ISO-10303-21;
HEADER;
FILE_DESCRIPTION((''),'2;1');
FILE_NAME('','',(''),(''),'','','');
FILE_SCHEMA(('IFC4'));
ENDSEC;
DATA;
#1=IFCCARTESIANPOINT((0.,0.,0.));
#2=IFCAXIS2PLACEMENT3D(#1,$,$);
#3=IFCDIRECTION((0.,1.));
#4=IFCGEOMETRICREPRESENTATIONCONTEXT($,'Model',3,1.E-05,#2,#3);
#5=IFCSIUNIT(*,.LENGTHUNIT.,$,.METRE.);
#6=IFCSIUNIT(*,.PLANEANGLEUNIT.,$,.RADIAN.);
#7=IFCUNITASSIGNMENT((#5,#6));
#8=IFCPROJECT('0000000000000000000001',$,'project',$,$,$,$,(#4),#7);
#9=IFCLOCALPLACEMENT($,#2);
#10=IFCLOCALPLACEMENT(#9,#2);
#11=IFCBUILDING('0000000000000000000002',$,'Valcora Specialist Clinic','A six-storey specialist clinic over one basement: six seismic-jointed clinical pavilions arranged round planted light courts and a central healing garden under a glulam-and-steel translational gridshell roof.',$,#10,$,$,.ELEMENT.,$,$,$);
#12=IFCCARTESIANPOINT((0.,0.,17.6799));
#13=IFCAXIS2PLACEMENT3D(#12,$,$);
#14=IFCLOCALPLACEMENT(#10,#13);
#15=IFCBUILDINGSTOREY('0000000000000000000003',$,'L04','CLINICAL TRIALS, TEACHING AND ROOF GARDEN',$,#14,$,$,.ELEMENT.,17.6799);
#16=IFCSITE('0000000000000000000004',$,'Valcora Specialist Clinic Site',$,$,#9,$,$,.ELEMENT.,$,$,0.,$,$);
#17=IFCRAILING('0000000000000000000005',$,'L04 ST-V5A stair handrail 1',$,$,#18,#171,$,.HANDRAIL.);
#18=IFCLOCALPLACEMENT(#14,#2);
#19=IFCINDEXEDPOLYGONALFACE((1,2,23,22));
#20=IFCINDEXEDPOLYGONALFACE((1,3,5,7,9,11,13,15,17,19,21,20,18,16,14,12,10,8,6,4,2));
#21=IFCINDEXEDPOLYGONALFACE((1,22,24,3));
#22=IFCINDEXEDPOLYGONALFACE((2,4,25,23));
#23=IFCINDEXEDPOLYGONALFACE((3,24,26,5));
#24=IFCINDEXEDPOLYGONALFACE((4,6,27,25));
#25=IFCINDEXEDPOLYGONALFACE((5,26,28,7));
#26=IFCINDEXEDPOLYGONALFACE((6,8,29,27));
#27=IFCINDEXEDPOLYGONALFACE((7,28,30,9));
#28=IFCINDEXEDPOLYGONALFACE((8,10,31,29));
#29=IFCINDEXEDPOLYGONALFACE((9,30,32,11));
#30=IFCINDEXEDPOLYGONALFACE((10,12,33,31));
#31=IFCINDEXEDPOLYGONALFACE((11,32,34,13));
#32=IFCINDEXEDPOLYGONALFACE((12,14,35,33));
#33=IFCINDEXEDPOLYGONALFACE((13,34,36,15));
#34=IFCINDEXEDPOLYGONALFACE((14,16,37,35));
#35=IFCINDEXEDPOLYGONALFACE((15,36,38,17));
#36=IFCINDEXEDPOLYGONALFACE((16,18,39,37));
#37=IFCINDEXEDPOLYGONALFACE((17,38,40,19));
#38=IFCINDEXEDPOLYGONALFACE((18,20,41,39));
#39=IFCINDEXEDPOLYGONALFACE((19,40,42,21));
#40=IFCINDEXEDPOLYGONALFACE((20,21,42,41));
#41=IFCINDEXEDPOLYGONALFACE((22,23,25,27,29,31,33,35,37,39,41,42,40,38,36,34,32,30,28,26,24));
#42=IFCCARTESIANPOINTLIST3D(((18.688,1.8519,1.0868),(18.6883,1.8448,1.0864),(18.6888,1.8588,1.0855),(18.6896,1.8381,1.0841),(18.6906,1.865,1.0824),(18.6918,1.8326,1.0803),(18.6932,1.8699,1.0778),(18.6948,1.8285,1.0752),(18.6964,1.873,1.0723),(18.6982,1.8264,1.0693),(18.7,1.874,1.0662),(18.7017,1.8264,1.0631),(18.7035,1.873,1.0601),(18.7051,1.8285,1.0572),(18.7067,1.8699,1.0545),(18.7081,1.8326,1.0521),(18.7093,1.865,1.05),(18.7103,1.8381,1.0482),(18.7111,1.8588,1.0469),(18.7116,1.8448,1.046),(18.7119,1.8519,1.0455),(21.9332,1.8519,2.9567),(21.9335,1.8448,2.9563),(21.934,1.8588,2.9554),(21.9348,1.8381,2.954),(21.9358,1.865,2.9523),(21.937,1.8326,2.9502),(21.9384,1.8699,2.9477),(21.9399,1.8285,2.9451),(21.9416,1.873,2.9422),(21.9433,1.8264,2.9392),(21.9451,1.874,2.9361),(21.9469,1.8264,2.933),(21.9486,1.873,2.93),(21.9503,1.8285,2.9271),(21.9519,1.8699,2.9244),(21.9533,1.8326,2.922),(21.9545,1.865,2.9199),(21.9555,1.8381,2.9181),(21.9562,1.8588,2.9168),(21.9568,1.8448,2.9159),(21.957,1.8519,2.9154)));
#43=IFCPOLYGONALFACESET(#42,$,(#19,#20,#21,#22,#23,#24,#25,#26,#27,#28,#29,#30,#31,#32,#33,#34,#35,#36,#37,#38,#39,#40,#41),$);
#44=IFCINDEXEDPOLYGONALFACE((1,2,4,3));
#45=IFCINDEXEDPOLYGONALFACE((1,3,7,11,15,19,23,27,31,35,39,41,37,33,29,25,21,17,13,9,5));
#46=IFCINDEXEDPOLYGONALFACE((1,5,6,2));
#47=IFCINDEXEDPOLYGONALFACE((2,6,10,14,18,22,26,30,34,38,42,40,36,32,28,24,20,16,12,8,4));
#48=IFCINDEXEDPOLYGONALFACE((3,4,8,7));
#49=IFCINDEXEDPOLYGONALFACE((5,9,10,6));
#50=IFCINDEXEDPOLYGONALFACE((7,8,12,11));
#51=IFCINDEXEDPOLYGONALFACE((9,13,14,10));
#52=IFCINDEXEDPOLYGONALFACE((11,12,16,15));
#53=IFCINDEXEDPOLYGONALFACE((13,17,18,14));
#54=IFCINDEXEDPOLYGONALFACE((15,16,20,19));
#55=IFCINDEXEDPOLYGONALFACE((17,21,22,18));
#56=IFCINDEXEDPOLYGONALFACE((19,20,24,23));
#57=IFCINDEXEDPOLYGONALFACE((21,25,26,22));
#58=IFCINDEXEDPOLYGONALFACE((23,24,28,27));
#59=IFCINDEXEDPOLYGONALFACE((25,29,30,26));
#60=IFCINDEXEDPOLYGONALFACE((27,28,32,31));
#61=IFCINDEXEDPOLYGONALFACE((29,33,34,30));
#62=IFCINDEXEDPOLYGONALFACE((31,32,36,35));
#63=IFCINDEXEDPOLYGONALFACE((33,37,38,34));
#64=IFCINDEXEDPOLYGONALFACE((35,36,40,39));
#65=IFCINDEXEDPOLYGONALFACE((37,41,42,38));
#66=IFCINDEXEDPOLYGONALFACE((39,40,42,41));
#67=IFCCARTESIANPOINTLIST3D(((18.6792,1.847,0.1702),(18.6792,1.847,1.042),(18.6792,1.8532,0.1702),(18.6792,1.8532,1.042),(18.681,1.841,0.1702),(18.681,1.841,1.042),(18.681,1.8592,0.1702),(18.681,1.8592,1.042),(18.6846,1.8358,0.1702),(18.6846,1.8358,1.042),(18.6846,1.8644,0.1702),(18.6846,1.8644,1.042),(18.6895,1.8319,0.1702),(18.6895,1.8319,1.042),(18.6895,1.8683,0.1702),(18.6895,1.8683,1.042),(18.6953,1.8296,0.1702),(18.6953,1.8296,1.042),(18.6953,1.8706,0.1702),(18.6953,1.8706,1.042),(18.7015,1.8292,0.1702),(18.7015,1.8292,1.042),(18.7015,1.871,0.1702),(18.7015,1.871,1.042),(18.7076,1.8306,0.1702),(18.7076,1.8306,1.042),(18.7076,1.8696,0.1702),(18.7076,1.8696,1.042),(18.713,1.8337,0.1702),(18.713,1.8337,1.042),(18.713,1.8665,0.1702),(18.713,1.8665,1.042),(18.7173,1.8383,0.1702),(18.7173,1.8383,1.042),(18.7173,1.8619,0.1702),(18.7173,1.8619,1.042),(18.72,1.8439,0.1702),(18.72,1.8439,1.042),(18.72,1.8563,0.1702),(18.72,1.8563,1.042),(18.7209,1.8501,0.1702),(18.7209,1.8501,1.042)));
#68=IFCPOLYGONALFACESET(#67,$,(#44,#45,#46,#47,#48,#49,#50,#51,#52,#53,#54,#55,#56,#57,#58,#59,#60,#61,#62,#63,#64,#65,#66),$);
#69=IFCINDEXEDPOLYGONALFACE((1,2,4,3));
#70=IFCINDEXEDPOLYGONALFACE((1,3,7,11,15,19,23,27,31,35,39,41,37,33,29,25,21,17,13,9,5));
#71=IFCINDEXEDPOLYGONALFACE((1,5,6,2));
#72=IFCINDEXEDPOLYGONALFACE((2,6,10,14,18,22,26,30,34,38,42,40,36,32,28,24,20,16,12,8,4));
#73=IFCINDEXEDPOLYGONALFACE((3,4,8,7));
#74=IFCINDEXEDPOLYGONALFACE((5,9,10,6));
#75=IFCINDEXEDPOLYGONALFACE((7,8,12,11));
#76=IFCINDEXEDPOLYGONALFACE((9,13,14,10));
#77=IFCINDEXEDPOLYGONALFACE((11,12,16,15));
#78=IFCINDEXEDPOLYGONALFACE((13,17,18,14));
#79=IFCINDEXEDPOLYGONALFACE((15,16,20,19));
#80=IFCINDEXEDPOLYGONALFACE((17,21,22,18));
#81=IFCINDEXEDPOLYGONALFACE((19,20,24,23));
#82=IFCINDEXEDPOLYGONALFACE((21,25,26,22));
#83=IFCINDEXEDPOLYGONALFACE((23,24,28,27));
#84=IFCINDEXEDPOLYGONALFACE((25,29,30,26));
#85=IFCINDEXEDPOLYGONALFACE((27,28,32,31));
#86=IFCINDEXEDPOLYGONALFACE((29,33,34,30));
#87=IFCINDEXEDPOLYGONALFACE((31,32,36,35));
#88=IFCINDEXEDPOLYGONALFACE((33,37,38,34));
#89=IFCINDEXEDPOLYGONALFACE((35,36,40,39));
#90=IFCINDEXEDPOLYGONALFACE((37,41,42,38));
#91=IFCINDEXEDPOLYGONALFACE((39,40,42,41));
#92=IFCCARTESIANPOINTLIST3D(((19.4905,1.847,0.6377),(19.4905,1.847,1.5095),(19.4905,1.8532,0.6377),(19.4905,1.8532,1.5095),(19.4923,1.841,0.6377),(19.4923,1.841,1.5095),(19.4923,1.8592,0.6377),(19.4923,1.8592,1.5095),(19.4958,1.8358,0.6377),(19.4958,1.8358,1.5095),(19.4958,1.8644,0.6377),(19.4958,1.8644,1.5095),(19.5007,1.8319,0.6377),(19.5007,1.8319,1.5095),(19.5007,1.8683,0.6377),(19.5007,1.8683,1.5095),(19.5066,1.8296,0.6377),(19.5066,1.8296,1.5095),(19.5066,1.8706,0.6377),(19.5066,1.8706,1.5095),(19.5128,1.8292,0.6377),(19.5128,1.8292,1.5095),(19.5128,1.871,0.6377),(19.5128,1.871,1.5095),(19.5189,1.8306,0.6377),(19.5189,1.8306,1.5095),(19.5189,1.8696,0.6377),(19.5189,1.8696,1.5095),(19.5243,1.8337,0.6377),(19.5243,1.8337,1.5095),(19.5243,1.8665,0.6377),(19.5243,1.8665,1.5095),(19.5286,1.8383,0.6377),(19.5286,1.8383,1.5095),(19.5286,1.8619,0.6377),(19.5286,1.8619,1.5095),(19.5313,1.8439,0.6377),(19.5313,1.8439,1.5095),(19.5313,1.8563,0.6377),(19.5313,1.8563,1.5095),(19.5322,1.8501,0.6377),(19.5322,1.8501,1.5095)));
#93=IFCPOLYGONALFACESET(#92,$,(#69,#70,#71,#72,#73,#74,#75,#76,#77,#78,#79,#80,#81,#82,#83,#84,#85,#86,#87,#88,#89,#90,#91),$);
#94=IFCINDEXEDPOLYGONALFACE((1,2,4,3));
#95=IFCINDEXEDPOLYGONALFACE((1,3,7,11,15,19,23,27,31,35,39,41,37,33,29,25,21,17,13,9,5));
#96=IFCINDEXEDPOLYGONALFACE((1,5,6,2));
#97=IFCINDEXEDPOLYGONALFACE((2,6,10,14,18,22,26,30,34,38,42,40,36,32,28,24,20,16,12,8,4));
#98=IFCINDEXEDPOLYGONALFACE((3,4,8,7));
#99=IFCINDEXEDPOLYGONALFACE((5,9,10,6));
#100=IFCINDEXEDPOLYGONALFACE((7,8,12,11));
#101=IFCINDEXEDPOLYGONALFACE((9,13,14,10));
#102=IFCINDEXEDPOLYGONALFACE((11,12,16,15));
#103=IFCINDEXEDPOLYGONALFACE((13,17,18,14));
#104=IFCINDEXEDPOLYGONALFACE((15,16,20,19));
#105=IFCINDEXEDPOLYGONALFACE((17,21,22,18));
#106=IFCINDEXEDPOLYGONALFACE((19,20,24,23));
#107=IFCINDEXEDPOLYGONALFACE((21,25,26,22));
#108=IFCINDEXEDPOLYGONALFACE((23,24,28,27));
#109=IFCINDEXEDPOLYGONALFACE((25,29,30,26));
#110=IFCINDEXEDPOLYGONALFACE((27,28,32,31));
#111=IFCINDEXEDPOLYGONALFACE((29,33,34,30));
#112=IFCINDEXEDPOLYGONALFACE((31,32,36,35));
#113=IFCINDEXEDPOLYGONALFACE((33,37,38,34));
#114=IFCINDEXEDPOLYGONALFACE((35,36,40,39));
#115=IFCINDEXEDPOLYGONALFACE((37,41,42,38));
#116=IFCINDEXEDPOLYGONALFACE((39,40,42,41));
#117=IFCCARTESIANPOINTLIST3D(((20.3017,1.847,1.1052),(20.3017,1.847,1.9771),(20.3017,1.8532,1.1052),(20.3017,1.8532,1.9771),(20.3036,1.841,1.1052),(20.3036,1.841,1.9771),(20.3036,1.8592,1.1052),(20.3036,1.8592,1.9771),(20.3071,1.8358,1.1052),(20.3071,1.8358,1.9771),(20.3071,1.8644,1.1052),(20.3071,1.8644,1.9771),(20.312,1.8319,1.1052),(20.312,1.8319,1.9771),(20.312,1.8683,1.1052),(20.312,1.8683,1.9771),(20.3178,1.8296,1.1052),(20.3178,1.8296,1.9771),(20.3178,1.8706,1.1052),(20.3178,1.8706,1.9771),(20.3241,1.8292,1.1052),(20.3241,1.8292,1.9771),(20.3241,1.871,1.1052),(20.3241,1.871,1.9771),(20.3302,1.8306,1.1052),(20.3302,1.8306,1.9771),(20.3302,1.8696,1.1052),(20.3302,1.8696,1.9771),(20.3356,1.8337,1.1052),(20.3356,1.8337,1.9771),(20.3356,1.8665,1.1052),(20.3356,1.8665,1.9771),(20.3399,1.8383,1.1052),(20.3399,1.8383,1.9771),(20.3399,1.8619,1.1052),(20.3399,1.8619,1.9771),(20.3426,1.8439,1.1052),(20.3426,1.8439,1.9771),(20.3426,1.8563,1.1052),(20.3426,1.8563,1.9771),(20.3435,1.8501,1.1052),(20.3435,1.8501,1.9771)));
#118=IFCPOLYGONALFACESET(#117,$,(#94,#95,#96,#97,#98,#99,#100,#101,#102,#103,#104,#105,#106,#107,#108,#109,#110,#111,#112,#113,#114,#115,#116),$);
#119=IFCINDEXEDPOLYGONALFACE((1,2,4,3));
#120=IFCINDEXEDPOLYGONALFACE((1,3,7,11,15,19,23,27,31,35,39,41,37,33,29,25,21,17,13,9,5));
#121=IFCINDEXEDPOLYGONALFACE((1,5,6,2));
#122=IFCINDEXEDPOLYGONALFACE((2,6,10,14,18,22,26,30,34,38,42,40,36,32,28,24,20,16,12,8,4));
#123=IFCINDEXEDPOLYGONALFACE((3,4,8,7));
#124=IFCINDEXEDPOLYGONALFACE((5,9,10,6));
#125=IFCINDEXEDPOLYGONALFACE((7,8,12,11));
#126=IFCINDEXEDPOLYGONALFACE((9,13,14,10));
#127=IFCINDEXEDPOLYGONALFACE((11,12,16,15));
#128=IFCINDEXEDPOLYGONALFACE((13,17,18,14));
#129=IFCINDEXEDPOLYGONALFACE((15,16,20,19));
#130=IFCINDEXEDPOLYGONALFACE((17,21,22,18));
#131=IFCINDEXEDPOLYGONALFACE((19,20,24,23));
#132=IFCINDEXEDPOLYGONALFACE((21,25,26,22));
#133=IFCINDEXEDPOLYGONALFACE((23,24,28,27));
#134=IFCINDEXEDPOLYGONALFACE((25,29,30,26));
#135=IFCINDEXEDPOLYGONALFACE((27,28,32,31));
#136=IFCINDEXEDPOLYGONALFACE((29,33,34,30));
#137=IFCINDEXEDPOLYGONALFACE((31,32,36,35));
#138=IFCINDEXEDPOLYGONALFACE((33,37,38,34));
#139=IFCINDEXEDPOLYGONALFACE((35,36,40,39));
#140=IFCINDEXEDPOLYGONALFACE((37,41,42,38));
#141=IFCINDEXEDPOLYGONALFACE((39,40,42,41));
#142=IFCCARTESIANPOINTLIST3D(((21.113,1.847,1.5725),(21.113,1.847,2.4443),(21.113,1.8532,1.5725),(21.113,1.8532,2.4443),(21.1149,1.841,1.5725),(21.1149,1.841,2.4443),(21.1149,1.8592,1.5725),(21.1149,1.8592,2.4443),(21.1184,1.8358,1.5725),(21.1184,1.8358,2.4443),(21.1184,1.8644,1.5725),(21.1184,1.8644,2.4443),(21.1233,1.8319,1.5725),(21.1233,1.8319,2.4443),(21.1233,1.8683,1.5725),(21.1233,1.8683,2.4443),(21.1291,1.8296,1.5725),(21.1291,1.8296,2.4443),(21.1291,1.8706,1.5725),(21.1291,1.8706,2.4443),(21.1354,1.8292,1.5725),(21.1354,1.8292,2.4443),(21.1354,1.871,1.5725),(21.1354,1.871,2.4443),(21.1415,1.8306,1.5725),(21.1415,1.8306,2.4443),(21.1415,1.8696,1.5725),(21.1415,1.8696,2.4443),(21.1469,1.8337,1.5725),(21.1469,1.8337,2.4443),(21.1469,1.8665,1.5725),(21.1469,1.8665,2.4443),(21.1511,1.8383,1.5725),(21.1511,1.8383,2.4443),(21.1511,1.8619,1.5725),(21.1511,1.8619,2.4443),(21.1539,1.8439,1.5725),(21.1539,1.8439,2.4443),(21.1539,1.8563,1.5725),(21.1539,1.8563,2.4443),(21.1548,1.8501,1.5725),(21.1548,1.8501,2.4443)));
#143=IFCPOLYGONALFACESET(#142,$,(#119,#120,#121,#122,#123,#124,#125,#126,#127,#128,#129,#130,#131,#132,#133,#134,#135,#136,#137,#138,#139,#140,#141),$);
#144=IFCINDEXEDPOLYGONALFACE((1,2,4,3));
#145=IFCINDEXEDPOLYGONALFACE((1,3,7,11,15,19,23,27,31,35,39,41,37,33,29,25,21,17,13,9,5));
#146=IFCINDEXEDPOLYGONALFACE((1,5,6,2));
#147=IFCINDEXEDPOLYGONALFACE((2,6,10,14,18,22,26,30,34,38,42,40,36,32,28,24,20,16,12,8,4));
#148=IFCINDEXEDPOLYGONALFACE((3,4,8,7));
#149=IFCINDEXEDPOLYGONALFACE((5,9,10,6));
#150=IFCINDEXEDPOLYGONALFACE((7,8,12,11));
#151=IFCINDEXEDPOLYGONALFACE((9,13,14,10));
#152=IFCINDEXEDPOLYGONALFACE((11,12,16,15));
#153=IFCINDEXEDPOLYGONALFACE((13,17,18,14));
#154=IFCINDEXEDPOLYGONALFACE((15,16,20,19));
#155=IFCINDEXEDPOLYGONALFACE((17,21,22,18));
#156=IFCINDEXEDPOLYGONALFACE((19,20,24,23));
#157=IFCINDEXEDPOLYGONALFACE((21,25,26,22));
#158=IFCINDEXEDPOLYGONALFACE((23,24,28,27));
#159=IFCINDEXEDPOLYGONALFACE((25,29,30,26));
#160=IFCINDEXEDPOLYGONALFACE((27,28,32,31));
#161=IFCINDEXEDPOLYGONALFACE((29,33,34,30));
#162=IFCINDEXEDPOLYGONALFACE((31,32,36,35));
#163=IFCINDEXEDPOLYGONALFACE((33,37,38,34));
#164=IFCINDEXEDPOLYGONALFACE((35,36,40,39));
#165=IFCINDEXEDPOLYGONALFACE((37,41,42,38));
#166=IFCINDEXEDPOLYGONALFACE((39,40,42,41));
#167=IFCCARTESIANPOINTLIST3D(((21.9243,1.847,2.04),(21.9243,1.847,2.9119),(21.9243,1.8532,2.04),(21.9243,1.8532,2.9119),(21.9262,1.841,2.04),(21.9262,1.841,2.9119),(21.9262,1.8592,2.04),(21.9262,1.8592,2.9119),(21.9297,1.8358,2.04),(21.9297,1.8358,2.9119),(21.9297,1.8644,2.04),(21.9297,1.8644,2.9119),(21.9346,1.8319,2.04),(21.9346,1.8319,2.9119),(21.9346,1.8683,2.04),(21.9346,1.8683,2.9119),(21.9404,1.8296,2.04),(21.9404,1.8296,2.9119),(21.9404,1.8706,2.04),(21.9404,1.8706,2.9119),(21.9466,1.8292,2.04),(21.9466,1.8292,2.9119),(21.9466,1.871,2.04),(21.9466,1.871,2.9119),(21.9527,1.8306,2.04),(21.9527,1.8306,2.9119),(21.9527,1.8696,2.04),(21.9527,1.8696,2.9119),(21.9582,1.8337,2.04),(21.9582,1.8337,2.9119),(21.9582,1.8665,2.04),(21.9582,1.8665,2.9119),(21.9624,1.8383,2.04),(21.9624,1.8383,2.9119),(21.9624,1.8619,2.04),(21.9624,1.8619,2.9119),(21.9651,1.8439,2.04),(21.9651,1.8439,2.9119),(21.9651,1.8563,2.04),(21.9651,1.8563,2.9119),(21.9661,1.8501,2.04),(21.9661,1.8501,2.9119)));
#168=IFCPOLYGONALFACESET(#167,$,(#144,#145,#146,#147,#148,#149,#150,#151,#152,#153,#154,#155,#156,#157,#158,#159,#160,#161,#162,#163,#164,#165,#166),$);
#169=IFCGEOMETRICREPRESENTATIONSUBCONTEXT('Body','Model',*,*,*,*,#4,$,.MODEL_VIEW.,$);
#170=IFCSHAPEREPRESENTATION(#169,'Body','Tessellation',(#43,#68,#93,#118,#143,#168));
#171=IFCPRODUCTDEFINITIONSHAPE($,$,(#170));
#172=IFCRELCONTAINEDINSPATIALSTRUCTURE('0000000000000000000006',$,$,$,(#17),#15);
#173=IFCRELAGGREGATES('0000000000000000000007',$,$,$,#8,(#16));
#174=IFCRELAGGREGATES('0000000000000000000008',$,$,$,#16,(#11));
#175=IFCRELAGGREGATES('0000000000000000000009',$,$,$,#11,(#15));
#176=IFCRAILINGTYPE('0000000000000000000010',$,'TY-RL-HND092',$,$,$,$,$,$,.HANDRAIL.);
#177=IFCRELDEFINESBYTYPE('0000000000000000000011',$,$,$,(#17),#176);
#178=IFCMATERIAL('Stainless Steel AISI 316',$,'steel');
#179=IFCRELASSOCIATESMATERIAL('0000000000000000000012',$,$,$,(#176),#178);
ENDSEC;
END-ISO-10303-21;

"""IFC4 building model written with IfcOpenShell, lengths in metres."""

from ifc_helpers import new_model, si_unit, direction, frame, origin, origin_2d, place, context, subcontext, project, spatial, circle, extrude, material, type_object, element, save


model = new_model("IFC4")

# Units and contexts
model_context = context("Model", 3, precision=1e-05, world=origin(), true_north=direction((0.0, 1.0)))
body_context = subcontext(model_context, "Body", "Model", "MODEL_VIEW")
ifc_project = project(units=[si_unit("LENGTHUNIT", "METRE"), si_unit("PLANEANGLEUNIT", "RADIAN")], contexts=[model_context])

# Site, building, storey
site_placement = place(None, origin())
site = spatial("IfcSite", under=ifc_project, at=site_placement, Name="Valcora Specialist Clinic Site", CompositionType="ELEMENT", RefElevation=0.0)
building_placement = place(site_placement, origin())
building = spatial("IfcBuilding", under=site, at=building_placement, Name="Valcora Specialist Clinic", Description="A six-storey specialist clinic over one basement: six seismic-jointed clinical pavilions arranged round planted light courts and a central healing garden under a glulam-and-steel translational gridshell roof.", CompositionType="ELEMENT")
storey_placement = place(building_placement, frame((0.0, 0.0, 17.6799)))
storey = spatial("IfcBuildingStorey", under=building, at=storey_placement, Name="L04", Description="CLINICAL TRIALS, TEACHING AND ROOF GARDEN", CompositionType="ELEMENT", Elevation=17.6799)

# Railing
ifc_material_1 = material(Name="Stainless Steel AISI 316", Category="steel")
railing_type_1 = type_object("IfcRailingType", Name="TY-RL-HND092", PredefinedType="HANDRAIL", material=ifc_material_1)
railing_1_placement = place(storey_placement, frame((18.7, 1.8501, 0.1702)))
element("IfcRailing", 1, at=railing_1_placement, inside=storey, type_object=railing_type_1, Name="L04 ST-V5A stair handrail 1", PredefinedType="HANDRAIL", context=body_context, shape_type="SweptSolid", body=[
    extrude(circle(Radius=0.0239, at=origin_2d()), frame((0.0, 0.0, 0.896), z_axis=(0.866452, 0.0, 0.49926), x_axis=(0.0, 1.0, 0.0)), (0.0, 0.0, 1.0), 3.7454),
    extrude(circle(Radius=0.021, at=origin_2d()), origin(), (0.0, 0.0, 1.0), 0.8718),
    extrude(circle(Radius=0.021, at=origin_2d()), frame((0.8113, 0.0, 0.4675)), (0.0, 0.0, 1.0), 0.8718),
    extrude(circle(Radius=0.021, at=origin_2d()), frame((1.6226, 0.0, 0.9351)), (0.0, 0.0, 1.0), 0.8718),
    extrude(circle(Radius=0.021, at=origin_2d()), frame((2.4338, 0.0, 1.4023)), (0.0, 0.0, 1.0), 0.8718),
    extrude(circle(Radius=0.021, at=origin_2d()), frame((3.2451, 0.0, 1.8699)), (0.0, 0.0, 1.0), 0.8718),
])

save(model, "model.ifc")
